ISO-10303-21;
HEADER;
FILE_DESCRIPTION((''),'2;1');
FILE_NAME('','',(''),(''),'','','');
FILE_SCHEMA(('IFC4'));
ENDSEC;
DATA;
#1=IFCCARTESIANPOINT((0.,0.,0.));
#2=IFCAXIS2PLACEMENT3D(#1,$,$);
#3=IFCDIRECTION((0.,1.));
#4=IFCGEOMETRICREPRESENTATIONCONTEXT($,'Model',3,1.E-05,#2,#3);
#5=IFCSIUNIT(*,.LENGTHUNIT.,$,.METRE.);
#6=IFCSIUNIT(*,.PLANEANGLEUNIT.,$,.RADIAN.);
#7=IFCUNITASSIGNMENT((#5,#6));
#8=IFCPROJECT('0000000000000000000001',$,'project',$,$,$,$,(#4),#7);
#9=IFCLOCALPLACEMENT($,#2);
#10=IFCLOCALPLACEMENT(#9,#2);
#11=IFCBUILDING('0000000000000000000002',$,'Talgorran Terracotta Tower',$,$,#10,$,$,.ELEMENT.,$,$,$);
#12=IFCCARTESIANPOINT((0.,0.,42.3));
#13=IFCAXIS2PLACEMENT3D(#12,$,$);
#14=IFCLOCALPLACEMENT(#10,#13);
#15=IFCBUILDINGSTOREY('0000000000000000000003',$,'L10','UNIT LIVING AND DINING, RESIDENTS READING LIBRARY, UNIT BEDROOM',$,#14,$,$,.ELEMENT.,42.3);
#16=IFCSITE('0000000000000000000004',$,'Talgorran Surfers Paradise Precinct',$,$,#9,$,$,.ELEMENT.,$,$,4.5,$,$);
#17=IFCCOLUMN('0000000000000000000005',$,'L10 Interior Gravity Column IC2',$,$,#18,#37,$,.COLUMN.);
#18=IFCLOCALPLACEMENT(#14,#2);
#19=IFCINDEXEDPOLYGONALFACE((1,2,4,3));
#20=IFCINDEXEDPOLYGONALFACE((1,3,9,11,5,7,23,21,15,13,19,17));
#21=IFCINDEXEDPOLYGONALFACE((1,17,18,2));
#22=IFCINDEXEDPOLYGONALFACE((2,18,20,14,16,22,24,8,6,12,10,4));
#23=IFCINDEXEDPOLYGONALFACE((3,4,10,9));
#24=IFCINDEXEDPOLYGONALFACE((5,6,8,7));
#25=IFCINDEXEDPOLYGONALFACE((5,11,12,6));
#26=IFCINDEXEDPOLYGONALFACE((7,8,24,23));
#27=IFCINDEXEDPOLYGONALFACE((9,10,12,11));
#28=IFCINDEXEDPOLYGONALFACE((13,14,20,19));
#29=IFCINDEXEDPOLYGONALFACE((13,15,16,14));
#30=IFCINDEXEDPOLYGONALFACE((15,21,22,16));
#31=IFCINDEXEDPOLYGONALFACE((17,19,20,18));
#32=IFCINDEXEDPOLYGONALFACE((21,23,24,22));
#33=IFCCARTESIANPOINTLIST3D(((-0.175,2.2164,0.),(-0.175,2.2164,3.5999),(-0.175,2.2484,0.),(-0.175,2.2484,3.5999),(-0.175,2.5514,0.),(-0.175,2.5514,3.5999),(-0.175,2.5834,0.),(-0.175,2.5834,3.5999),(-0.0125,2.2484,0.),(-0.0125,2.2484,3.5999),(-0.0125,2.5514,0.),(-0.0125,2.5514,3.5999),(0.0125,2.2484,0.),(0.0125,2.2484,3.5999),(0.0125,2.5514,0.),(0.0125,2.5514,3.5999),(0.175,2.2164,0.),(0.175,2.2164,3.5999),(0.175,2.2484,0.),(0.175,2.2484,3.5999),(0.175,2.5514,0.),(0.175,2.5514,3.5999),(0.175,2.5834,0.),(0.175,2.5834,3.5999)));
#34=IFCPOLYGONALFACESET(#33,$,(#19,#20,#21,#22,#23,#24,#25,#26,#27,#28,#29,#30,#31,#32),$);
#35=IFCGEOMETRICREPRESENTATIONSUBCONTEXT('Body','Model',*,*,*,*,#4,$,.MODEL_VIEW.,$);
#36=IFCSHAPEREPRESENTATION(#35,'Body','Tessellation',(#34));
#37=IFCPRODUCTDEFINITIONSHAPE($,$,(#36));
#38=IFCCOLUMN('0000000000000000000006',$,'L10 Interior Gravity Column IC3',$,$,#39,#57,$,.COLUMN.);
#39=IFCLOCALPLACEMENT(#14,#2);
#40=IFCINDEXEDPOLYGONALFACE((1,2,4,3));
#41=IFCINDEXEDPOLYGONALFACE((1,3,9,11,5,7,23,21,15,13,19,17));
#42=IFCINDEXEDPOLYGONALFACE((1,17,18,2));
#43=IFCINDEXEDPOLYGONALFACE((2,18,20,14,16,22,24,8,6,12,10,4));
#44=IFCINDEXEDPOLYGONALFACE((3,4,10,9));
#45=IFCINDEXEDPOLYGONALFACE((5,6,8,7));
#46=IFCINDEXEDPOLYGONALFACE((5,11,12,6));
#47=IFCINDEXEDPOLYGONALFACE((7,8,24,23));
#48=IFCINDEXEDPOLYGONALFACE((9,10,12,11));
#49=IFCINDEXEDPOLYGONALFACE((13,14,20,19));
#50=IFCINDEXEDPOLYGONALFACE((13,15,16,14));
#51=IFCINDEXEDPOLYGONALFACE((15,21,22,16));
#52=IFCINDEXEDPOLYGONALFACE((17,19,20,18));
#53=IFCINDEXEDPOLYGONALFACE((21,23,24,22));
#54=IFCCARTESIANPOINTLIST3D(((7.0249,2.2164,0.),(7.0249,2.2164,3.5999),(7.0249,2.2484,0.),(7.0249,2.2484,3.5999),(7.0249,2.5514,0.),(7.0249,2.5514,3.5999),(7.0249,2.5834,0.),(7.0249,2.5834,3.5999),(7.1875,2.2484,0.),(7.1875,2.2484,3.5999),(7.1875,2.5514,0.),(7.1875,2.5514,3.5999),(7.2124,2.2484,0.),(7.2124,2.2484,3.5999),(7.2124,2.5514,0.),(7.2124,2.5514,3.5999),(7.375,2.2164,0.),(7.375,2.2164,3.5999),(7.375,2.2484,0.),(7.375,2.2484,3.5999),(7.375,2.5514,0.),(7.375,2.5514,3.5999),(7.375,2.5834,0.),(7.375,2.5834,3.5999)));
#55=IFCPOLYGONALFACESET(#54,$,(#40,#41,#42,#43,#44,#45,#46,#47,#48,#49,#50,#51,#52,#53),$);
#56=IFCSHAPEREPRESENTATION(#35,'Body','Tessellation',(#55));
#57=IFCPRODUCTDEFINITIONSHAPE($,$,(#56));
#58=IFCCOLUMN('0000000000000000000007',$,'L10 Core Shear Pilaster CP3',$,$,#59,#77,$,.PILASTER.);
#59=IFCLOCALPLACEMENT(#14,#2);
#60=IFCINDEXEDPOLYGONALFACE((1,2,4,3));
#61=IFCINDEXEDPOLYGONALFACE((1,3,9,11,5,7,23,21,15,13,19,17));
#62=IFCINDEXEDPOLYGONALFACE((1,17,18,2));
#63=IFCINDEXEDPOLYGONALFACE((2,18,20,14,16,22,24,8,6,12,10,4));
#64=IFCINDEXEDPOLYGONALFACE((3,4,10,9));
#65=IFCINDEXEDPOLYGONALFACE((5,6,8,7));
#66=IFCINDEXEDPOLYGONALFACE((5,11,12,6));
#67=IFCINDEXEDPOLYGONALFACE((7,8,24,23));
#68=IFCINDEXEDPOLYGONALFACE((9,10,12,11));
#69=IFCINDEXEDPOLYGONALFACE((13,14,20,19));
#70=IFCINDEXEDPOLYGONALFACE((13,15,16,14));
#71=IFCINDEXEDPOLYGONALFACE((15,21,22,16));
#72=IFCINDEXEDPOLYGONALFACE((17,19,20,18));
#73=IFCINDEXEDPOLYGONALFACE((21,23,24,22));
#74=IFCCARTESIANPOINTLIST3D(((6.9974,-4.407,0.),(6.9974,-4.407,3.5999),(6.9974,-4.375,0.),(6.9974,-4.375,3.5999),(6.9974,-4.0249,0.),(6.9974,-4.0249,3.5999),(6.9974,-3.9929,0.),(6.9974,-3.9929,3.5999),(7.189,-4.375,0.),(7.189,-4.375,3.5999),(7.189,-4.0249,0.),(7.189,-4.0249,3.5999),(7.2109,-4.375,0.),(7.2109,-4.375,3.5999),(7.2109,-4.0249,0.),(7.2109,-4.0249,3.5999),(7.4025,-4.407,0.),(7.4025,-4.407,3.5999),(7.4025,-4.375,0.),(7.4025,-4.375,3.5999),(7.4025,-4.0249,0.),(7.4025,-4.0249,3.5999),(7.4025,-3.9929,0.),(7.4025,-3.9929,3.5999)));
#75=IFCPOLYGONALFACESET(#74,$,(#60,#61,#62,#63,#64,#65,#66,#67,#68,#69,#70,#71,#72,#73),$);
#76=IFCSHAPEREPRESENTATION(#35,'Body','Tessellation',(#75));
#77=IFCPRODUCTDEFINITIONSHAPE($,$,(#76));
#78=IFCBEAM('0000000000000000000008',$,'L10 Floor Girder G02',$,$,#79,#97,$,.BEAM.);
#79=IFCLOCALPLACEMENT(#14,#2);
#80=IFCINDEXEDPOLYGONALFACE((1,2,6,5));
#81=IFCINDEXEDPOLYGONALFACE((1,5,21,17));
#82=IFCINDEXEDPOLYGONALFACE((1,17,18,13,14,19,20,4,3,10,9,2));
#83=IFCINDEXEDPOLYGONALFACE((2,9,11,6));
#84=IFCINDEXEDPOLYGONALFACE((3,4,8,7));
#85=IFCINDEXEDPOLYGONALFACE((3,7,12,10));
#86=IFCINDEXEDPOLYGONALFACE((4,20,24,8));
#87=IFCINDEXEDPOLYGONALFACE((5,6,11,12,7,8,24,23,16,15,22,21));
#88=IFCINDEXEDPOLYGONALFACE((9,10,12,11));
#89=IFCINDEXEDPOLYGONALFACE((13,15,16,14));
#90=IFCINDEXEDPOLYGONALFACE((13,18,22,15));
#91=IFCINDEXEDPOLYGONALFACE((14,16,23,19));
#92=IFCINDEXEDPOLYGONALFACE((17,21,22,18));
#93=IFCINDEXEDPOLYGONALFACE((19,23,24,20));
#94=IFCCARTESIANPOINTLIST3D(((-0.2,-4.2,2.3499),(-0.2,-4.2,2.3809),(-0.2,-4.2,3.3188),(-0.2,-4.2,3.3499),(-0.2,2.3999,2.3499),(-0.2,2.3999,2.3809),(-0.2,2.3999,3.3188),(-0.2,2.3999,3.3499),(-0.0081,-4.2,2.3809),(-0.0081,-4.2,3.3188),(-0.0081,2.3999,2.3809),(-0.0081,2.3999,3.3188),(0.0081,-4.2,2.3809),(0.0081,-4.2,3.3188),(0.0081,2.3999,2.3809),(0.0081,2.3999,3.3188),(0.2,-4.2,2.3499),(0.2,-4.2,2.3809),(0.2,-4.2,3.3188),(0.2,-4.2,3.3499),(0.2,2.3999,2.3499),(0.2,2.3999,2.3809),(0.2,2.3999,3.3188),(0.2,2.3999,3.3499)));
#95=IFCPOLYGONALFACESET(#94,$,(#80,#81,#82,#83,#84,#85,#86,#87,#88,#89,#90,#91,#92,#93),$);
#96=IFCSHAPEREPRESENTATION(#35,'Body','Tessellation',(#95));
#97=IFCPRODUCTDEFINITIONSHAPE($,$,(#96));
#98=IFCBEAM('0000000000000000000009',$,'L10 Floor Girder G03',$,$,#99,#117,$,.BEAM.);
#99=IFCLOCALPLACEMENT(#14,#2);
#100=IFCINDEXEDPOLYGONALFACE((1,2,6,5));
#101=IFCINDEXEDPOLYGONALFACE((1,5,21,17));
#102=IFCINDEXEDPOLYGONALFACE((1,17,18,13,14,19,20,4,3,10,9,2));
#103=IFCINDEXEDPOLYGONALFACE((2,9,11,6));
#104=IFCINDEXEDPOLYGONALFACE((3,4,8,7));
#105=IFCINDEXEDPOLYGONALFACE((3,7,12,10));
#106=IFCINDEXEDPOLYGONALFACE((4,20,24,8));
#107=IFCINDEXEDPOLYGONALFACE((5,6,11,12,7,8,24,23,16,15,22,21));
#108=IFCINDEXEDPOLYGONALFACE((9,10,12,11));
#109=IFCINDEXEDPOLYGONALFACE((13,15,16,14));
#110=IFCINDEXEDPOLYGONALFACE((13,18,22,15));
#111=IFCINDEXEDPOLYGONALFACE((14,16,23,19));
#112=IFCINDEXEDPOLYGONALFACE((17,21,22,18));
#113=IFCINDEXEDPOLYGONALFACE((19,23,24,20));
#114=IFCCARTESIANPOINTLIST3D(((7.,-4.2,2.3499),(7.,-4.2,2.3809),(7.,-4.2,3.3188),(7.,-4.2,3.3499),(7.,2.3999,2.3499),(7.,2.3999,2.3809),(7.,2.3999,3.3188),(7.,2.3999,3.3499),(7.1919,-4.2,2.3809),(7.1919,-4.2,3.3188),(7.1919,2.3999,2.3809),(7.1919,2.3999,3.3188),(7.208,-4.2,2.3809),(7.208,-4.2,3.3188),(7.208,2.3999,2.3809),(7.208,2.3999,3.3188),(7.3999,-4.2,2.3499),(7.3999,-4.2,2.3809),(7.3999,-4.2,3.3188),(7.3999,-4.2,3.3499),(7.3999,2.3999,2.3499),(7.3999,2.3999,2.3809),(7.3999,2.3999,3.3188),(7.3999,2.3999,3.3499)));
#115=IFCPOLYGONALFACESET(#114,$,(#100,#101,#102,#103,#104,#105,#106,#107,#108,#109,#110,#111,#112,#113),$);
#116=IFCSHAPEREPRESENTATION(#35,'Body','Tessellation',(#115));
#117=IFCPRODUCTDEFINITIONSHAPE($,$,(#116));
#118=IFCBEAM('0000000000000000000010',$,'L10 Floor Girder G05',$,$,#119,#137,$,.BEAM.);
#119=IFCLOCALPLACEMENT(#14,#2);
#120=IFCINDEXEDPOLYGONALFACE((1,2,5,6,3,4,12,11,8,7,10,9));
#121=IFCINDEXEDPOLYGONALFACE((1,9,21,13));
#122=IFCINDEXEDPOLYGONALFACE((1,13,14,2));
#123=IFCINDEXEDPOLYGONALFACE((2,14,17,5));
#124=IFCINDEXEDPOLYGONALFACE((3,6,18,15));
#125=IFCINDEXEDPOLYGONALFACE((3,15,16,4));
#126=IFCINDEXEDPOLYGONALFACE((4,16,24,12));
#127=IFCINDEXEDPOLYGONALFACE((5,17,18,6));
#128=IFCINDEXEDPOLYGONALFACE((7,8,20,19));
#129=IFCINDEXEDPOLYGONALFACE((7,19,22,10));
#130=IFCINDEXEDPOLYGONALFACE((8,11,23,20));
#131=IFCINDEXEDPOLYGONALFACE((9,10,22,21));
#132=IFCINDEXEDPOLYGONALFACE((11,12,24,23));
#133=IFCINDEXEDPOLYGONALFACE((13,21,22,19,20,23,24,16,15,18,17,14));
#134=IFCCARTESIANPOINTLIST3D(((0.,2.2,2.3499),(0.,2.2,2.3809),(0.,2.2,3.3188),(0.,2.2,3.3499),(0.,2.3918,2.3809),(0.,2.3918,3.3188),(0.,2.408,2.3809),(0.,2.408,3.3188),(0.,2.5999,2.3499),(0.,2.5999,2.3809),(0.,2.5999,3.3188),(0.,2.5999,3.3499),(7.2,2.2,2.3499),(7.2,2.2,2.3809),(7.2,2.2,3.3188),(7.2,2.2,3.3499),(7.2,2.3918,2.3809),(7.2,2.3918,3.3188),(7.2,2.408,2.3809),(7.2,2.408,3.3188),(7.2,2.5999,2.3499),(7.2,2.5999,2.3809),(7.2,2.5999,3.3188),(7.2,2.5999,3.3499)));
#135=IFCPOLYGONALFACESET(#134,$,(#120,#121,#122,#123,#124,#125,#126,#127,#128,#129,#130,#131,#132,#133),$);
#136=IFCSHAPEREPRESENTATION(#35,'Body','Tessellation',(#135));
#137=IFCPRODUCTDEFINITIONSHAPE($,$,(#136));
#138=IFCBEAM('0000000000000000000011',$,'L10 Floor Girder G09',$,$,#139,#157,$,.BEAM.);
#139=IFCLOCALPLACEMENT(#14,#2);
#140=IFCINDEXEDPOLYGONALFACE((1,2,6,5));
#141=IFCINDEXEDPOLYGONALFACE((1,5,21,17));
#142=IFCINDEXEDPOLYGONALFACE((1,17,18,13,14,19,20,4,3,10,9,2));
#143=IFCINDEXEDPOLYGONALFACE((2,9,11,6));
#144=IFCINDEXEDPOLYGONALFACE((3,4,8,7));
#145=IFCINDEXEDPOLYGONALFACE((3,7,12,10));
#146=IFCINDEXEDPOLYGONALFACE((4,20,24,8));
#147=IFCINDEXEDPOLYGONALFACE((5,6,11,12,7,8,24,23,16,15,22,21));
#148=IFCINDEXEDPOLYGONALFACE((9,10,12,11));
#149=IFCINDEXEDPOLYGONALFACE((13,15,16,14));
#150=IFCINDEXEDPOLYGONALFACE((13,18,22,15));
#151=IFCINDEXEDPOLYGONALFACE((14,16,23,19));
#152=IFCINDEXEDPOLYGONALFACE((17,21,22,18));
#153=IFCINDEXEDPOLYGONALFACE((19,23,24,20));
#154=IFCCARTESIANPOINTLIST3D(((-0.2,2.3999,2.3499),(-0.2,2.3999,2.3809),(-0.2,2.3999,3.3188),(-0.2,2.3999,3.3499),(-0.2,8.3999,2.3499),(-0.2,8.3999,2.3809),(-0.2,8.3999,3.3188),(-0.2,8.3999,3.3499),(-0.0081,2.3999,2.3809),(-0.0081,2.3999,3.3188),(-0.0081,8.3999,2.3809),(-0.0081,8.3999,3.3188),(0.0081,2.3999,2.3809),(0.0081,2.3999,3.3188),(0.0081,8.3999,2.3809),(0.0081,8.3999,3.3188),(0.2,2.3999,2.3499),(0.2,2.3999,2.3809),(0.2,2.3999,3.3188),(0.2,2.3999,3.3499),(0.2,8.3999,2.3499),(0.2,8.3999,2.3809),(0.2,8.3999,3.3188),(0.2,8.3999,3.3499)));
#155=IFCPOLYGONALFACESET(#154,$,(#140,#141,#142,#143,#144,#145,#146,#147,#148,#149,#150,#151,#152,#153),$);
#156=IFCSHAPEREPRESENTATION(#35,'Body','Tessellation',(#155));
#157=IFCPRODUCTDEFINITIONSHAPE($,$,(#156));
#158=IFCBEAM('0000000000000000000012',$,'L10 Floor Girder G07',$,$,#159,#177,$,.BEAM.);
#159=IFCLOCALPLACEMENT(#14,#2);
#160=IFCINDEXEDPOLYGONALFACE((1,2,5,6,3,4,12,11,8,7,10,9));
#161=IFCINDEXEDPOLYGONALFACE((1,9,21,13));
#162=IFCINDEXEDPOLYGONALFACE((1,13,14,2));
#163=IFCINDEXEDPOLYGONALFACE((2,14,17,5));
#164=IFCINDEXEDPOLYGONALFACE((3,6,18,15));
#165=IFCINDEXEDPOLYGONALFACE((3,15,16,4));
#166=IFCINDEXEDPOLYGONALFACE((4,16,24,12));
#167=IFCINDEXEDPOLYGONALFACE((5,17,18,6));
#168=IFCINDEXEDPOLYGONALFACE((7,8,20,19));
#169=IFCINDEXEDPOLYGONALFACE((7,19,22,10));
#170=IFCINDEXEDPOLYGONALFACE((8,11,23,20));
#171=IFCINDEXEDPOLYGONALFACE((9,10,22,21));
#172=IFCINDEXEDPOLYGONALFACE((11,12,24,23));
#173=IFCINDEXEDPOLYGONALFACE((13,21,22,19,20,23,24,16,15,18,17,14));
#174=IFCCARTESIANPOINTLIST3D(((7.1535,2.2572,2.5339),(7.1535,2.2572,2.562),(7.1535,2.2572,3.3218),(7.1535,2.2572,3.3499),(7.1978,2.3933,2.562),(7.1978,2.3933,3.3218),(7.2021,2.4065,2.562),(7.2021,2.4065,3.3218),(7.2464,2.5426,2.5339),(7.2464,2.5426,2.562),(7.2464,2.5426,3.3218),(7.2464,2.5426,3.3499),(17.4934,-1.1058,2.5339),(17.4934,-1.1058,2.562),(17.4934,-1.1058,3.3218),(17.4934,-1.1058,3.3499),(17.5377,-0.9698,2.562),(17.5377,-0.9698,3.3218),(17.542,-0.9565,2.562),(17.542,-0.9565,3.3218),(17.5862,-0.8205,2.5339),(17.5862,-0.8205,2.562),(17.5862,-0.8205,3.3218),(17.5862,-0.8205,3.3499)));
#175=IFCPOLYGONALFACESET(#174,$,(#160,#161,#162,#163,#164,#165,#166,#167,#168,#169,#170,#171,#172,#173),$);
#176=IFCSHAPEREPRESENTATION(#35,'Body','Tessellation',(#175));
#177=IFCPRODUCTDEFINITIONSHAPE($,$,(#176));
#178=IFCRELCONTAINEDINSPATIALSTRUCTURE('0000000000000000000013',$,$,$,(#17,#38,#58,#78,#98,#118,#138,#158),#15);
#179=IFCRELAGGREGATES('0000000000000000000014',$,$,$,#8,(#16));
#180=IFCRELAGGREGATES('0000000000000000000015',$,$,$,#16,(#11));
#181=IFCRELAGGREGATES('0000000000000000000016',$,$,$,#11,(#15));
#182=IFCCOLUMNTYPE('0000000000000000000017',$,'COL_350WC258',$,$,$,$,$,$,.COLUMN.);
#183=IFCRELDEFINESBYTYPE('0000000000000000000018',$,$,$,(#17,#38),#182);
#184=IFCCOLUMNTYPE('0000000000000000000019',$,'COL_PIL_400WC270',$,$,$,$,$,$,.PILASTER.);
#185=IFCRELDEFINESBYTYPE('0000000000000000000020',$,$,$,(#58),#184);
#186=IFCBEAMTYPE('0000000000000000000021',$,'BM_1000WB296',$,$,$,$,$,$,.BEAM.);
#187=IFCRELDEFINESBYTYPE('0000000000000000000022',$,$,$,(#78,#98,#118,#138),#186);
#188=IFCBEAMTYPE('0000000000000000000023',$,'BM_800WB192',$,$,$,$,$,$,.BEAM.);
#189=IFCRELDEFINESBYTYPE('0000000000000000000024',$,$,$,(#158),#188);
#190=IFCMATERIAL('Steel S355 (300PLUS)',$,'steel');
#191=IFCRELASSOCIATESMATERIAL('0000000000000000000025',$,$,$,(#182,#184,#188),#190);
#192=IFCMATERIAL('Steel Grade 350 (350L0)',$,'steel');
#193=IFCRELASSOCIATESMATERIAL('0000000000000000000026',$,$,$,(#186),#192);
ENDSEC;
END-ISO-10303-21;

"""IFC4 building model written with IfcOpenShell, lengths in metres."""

from ifc_helpers import new_model, si_unit, direction, frame, origin, origin_2d, place, context, subcontext, project, spatial, i_section, extrude, material, material_profile, profile_set, type_object, element, save


model = new_model("IFC4")

# Units and contexts
model_context = context("Model", 3, precision=1e-05, world=origin(), true_north=direction((0.0, 1.0)))
body_context = subcontext(model_context, "Body", "Model", "MODEL_VIEW")
ifc_project = project(units=[si_unit("LENGTHUNIT", "METRE"), si_unit("PLANEANGLEUNIT", "RADIAN")], contexts=[model_context])

# Site, building, storey
site_placement = place(None, origin())
site = spatial("IfcSite", under=ifc_project, at=site_placement, Name="Talgorran Surfers Paradise Precinct", CompositionType="ELEMENT", RefElevation=4.5)
building_placement = place(site_placement, origin())
building = spatial("IfcBuilding", under=site, at=building_placement, Name="Talgorran Terracotta Tower", CompositionType="ELEMENT")
storey_placement = place(building_placement, frame((0.0, 0.0, 42.3)))
storey = spatial("IfcBuildingStorey", under=building, at=storey_placement, Name="L10", Description="UNIT LIVING AND DINING, RESIDENTS READING LIBRARY, UNIT BEDROOM", CompositionType="ELEMENT", Elevation=42.3)

# Columns
ifc_material_1 = material(Name="Steel S355 (300PLUS)", Category="steel")
ifc_material_profile_1 = material_profile(ifc_material_1, i_section(OverallWidth=0.3501, OverallDepth=0.3669, WebThickness=0.0249, FlangeThickness=0.032, at=origin_2d()), Name="350WC258")
ifc_profile_set_1 = profile_set([ifc_material_profile_1], Name="Steel S355 (300PLUS)")
column_type_1 = type_object("IfcColumnType", Name="COL_350WC258", PredefinedType="COLUMN", material=ifc_profile_set_1)
for number, where, z_axis, x_axis, name in (
    (1, (0.0, 2.3999, 0.0), (0.0, 0.0, 1.0), (1.0, 0.0, 0.0), "L10 Interior Gravity Column IC2"),
    (2, (7.2, 2.3999, 0.0), (0.0, 0.0, 1.0), (1.0, 0.0, 0.0), "L10 Interior Gravity Column IC3"),
):
    element("IfcColumn", number, at=place(storey_placement, frame(where, z_axis=z_axis, x_axis=x_axis)), inside=storey, type_object=column_type_1, Name=name, PredefinedType="COLUMN", context=body_context, shape_type="SweptSolid", body=[
        extrude(i_section(OverallWidth=0.3501, OverallDepth=0.3669, WebThickness=0.0249, FlangeThickness=0.032, at=origin_2d()), origin(), (0.0, 0.0, 1.0), 3.5999),
    ])
ifc_material_profile_2 = material_profile(ifc_material_1, i_section(OverallWidth=0.405, OverallDepth=0.4141, WebThickness=0.022, FlangeThickness=0.032, at=origin_2d()), Name="400WC270")
ifc_profile_set_2 = profile_set([ifc_material_profile_2], Name="Steel S355 (300PLUS)")
column_type_2 = type_object("IfcColumnType", Name="COL_PIL_400WC270", PredefinedType="PILASTER", material=ifc_profile_set_2)
column_placement = place(storey_placement, frame((7.2, -4.2, 0.0), z_axis=(0.0, 0.0, 1.0), x_axis=(1.0, 0.0, 0.0)))
element("IfcColumn", 3, at=column_placement, inside=storey, type_object=column_type_2, Name="L10 Core Shear Pilaster CP3", PredefinedType="PILASTER", context=body_context, shape_type="SweptSolid", body=[
    extrude(i_section(OverallWidth=0.405, OverallDepth=0.4141, WebThickness=0.022, FlangeThickness=0.032, at=origin_2d()), origin(), (0.0, 0.0, 1.0), 3.5999),
])

# Beams
ifc_material_2 = material(Name="Steel Grade 350 (350L0)", Category="steel")
ifc_material_profile_3 = material_profile(ifc_material_2, i_section(OverallWidth=0.3999, OverallDepth=1.0, WebThickness=0.0161, FlangeThickness=0.031, at=origin_2d()), Name="1000WB296")
ifc_profile_set_3 = profile_set([ifc_material_profile_3], Name="Steel Grade 350 (350L0)")
beam_type_1 = type_object("IfcBeamType", Name="BM_1000WB296", PredefinedType="BEAM", material=ifc_profile_set_3)
for number, where, z_axis, x_axis, name in (
    (4, (0.0, -4.2, 2.8499), (0.0, 1.0, 0.0), (-1.0, 0.0, 0.0), "L10 Floor Girder G02"),
    (5, (7.2, -4.2, 2.8499), (0.0, 1.0, 0.0), (-1.0, 0.0, 0.0), "L10 Floor Girder G03"),
):
    element("IfcBeam", number, at=place(storey_placement, frame(where, z_axis=z_axis, x_axis=x_axis)), inside=storey, type_object=beam_type_1, Name=name, PredefinedType="BEAM", context=body_context, shape_type="SweptSolid", body=[
        extrude(i_section(OverallWidth=0.3999, OverallDepth=1.0, WebThickness=0.0161, FlangeThickness=0.031, at=origin_2d()), origin(), (0.0, 0.0, 1.0), 6.5999),
    ])
beam_1_placement = place(storey_placement, frame((0.0, 2.3999, 2.8499), z_axis=(1.0, 0.0, 0.0), x_axis=(0.0, 1.0, 0.0)))
element("IfcBeam", 6, at=beam_1_placement, inside=storey, type_object=beam_type_1, Name="L10 Floor Girder G05", PredefinedType="BEAM", context=body_context, shape_type="SweptSolid", body=[
    extrude(i_section(OverallWidth=0.3999, OverallDepth=1.0, WebThickness=0.0161, FlangeThickness=0.031, at=origin_2d()), origin(), (0.0, 0.0, 1.0), 7.2),
])
beam_2_placement = place(storey_placement, frame((0.0, 2.3999, 2.8499), z_axis=(0.0, 1.0, 0.0), x_axis=(-1.0, 0.0, 0.0)))
element("IfcBeam", 7, at=beam_2_placement, inside=storey, type_object=beam_type_1, Name="L10 Floor Girder G09", PredefinedType="BEAM", context=body_context, shape_type="SweptSolid", body=[
    extrude(i_section(OverallWidth=0.3999, OverallDepth=1.0, WebThickness=0.0161, FlangeThickness=0.031, at=origin_2d()), origin(), (0.0, 0.0, 1.0), 6.0),
])
ifc_material_profile_4 = material_profile(ifc_material_1, i_section(OverallWidth=0.3, OverallDepth=0.8159, WebThickness=0.0139, FlangeThickness=0.0281, at=origin_2d()), Name="800WB192")
ifc_profile_set_4 = profile_set([ifc_material_profile_4], Name="Steel S355 (300PLUS)")
beam_type_2 = type_object("IfcBeamType", Name="BM_800WB192", PredefinedType="BEAM", material=ifc_profile_set_4)
beam_3_placement = place(storey_placement, frame((7.2, 2.3999, 2.9419), z_axis=(0.950964, -0.309301, 0.0), x_axis=(0.309301, 0.950964, 0.0)))
element("IfcBeam", 8, at=beam_3_placement, inside=storey, type_object=beam_type_2, Name="L10 Floor Girder G07", PredefinedType="BEAM", context=body_context, shape_type="SweptSolid", body=[
    extrude(i_section(OverallWidth=0.3, OverallDepth=0.8159, WebThickness=0.0139, FlangeThickness=0.0281, at=origin_2d()), origin(), (0.0, 0.0, 1.0), 10.873),
])

save(model, "model.ifc")
